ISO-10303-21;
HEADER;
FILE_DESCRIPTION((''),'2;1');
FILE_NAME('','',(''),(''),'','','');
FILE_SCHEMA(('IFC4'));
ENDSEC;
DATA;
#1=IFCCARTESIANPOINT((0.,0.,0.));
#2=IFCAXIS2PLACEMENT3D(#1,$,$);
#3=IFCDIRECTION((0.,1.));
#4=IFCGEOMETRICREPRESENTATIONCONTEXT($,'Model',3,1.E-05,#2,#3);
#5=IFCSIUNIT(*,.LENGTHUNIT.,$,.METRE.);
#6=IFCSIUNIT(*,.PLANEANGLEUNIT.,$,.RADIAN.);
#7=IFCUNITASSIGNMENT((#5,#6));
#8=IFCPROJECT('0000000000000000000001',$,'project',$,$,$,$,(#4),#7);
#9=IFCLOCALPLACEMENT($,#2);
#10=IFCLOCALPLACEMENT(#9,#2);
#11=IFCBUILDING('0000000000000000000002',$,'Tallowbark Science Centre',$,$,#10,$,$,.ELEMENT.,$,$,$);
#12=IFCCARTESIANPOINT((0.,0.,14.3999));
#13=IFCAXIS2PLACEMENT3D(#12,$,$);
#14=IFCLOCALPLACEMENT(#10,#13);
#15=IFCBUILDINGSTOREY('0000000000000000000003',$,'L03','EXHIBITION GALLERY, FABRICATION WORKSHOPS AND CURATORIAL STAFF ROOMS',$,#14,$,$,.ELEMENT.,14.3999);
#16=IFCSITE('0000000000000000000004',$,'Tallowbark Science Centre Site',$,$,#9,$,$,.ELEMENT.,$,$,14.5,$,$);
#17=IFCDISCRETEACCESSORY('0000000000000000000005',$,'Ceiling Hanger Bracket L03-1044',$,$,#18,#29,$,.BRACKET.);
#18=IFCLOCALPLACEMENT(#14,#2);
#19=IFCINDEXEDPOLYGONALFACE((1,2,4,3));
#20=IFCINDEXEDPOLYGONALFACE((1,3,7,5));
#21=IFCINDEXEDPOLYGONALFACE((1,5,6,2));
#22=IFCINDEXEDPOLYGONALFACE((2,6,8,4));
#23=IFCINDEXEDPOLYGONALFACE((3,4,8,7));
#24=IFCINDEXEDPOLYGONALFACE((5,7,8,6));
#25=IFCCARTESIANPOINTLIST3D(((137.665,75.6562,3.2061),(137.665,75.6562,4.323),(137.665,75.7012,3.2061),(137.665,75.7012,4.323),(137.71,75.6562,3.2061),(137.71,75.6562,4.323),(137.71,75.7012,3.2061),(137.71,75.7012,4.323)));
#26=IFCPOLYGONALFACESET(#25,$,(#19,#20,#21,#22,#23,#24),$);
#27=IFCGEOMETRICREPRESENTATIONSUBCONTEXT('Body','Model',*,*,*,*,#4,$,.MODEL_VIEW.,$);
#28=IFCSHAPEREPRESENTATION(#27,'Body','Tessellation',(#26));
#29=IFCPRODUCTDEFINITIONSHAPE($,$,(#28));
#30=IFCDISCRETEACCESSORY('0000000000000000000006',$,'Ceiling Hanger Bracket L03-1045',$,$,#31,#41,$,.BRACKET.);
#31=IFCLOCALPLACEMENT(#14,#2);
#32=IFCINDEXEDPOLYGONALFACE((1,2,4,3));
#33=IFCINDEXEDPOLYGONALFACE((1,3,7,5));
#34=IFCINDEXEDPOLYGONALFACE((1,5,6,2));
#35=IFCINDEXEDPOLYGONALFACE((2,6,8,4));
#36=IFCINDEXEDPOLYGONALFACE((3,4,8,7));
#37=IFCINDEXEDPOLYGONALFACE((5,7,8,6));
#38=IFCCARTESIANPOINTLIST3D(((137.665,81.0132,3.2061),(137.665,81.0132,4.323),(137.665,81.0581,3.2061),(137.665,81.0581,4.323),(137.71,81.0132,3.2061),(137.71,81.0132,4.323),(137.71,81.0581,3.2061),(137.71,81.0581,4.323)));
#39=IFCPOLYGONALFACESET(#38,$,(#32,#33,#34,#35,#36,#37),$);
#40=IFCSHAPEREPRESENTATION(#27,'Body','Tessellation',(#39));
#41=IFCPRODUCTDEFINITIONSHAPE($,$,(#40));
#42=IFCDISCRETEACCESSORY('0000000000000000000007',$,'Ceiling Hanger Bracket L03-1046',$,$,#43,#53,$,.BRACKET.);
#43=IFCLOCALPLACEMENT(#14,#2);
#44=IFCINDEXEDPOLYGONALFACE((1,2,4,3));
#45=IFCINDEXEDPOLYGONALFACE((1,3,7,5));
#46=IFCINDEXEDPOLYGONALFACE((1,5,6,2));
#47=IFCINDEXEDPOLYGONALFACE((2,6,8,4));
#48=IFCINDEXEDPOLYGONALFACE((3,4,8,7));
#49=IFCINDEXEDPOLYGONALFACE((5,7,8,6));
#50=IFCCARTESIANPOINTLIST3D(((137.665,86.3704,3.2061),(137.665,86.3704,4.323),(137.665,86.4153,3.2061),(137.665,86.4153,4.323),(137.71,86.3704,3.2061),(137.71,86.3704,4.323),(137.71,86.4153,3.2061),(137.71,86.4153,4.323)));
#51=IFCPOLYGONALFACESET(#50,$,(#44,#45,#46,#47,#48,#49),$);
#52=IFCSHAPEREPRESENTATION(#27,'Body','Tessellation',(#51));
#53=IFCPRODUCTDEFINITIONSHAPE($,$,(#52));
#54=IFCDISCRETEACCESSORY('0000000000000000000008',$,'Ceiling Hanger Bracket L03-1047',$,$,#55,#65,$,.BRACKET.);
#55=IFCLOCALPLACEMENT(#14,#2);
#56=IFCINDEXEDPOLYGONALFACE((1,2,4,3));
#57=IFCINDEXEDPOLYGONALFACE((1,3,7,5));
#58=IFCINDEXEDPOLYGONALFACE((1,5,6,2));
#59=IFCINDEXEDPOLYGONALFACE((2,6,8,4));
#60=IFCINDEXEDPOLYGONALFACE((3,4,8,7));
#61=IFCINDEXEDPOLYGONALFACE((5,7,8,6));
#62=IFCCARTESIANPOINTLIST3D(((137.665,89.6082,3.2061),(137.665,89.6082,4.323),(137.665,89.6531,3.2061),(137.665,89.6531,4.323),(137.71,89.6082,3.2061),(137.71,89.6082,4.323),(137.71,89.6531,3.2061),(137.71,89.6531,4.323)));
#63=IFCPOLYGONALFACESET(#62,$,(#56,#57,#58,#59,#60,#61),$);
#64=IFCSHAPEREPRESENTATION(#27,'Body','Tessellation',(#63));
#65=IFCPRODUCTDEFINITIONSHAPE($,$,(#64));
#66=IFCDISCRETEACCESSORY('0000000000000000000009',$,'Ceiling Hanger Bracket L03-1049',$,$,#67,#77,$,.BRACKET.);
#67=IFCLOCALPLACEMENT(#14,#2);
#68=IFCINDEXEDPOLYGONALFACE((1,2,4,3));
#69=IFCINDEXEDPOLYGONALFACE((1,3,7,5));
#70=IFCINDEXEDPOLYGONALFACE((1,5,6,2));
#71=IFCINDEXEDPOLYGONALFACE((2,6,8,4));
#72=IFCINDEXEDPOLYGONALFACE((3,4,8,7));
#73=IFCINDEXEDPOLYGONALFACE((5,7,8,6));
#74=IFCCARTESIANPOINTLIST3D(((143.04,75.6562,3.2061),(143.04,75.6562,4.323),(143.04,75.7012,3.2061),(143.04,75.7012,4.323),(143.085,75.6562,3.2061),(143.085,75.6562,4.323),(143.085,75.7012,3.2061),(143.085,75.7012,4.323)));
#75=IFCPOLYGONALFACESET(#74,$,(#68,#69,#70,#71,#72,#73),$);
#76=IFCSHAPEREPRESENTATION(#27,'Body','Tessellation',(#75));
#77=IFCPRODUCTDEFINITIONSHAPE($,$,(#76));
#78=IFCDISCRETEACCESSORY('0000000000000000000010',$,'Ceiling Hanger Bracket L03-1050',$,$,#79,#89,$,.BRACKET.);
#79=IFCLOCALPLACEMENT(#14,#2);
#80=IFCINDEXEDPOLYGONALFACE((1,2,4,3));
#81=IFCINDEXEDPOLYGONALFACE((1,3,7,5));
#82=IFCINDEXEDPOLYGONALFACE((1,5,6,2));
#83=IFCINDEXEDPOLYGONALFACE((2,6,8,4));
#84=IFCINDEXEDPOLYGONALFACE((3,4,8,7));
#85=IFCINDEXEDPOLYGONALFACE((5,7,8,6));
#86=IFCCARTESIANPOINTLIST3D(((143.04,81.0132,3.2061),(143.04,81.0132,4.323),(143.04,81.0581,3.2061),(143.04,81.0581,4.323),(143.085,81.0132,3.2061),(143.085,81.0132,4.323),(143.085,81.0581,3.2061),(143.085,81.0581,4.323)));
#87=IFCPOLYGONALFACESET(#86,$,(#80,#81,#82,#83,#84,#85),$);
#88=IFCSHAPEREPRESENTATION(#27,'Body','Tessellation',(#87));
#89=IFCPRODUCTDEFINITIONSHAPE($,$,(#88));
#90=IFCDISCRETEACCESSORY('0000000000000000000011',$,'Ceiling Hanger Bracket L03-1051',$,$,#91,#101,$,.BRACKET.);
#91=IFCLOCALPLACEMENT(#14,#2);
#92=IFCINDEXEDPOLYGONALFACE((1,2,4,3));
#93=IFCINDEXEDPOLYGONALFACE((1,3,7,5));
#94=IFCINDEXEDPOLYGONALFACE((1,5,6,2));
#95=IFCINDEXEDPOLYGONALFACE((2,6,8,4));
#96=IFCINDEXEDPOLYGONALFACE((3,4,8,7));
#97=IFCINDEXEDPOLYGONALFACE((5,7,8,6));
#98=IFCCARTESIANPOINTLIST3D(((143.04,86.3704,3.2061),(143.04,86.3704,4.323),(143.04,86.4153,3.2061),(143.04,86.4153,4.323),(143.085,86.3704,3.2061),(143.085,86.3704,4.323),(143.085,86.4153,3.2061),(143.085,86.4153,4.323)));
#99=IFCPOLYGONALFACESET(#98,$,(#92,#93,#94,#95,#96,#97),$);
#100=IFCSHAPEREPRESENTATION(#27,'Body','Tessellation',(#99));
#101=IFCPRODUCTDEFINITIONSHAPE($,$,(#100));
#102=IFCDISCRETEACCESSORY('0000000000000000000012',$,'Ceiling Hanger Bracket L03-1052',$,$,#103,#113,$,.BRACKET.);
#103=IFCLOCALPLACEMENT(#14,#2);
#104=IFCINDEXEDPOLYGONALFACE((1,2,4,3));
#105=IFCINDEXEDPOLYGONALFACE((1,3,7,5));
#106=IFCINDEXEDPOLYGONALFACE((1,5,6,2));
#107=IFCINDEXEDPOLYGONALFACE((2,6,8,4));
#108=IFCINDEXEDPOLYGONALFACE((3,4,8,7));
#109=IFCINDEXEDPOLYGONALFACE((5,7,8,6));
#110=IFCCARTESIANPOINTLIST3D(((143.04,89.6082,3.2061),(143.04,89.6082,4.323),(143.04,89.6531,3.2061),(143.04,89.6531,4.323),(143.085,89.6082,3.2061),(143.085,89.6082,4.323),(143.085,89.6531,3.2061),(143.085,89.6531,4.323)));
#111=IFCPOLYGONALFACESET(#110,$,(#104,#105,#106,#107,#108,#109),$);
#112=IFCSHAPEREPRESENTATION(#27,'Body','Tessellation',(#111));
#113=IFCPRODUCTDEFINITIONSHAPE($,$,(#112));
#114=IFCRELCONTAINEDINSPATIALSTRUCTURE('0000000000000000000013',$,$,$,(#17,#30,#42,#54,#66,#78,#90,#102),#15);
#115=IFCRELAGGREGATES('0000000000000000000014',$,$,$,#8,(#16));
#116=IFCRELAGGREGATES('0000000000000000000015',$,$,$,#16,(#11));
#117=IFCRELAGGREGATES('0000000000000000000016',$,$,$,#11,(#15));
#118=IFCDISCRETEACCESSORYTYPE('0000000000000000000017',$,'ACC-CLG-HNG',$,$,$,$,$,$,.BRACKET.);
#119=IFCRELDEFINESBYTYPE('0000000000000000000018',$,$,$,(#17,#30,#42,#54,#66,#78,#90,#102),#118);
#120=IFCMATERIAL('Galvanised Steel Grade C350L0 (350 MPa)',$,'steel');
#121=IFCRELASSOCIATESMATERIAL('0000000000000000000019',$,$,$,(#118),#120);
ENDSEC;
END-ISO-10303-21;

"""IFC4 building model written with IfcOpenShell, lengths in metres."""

from ifc_helpers import new_model, si_unit, direction, frame, origin, origin_2d, place, context, subcontext, project, spatial, rectangle, extrude, material, type_object, element, save


model = new_model("IFC4")

# Units and contexts
model_context = context("Model", 3, precision=1e-05, world=origin(), true_north=direction((0.0, 1.0)))
body_context = subcontext(model_context, "Body", "Model", "MODEL_VIEW")
ifc_project = project(units=[si_unit("LENGTHUNIT", "METRE"), si_unit("PLANEANGLEUNIT", "RADIAN")], contexts=[model_context])

# Site, building, storey
site_placement = place(None, origin())
site = spatial("IfcSite", under=ifc_project, at=site_placement, Name="Tallowbark Science Centre Site", CompositionType="ELEMENT", RefElevation=14.5)
building_placement = place(site_placement, origin())
building = spatial("IfcBuilding", under=site, at=building_placement, Name="Tallowbark Science Centre", CompositionType="ELEMENT")
storey_placement = place(building_placement, frame((0.0, 0.0, 14.3999)))
storey = spatial("IfcBuildingStorey", under=building, at=storey_placement, Name="L03", Description="EXHIBITION GALLERY, FABRICATION WORKSHOPS AND CURATORIAL STAFF ROOMS", CompositionType="ELEMENT", Elevation=14.3999)

# Discrete accessories
ifc_material_1 = material(Name="Galvanised Steel Grade C350L0 (350 MPa)", Category="steel")
discrete_accessory_type = type_object("IfcDiscreteAccessoryType", Name="ACC-CLG-HNG", PredefinedType="BRACKET", material=ifc_material_1)
for number, where, z_axis, x_axis, name in (
    (1, (137.6875, 75.6787, 3.2061), (0.0, 0.0, 1.0), (1.0, 0.0, 0.0), "Ceiling Hanger Bracket L03-1044"),
    (2, (137.6875, 81.0356, 3.2061), (0.0, 0.0, 1.0), (1.0, 0.0, 0.0), "Ceiling Hanger Bracket L03-1045"),
    (3, (137.6875, 86.3928, 3.2061), (0.0, 0.0, 1.0), (1.0, 0.0, 0.0), "Ceiling Hanger Bracket L03-1046"),
    (4, (137.6875, 89.6306, 3.2061), (0.0, 0.0, 1.0), (1.0, 0.0, 0.0), "Ceiling Hanger Bracket L03-1047"),
    (5, (143.0625, 75.6787, 3.2061), (0.0, 0.0, 1.0), (1.0, 0.0, 0.0), "Ceiling Hanger Bracket L03-1049"),
    (6, (143.0625, 81.0356, 3.2061), (0.0, 0.0, 1.0), (1.0, 0.0, 0.0), "Ceiling Hanger Bracket L03-1050"),
    (7, (143.0625, 86.3928, 3.2061), (0.0, 0.0, 1.0), (1.0, 0.0, 0.0), "Ceiling Hanger Bracket L03-1051"),
    (8, (143.0625, 89.6306, 3.2061), (0.0, 0.0, 1.0), (1.0, 0.0, 0.0), "Ceiling Hanger Bracket L03-1052"),
):
    element("IfcDiscreteAccessory", number, at=place(storey_placement, frame(where, z_axis=z_axis, x_axis=x_axis)), inside=storey, type_object=discrete_accessory_type, Name=name, PredefinedType="BRACKET", context=body_context, shape_type="SweptSolid", body=[
        extrude(rectangle(XDim=0.0449, YDim=0.0449, at=origin_2d()), origin(), (0.0, 0.0, 1.0), 1.1169),
    ])

save(model, "model.ifc")
